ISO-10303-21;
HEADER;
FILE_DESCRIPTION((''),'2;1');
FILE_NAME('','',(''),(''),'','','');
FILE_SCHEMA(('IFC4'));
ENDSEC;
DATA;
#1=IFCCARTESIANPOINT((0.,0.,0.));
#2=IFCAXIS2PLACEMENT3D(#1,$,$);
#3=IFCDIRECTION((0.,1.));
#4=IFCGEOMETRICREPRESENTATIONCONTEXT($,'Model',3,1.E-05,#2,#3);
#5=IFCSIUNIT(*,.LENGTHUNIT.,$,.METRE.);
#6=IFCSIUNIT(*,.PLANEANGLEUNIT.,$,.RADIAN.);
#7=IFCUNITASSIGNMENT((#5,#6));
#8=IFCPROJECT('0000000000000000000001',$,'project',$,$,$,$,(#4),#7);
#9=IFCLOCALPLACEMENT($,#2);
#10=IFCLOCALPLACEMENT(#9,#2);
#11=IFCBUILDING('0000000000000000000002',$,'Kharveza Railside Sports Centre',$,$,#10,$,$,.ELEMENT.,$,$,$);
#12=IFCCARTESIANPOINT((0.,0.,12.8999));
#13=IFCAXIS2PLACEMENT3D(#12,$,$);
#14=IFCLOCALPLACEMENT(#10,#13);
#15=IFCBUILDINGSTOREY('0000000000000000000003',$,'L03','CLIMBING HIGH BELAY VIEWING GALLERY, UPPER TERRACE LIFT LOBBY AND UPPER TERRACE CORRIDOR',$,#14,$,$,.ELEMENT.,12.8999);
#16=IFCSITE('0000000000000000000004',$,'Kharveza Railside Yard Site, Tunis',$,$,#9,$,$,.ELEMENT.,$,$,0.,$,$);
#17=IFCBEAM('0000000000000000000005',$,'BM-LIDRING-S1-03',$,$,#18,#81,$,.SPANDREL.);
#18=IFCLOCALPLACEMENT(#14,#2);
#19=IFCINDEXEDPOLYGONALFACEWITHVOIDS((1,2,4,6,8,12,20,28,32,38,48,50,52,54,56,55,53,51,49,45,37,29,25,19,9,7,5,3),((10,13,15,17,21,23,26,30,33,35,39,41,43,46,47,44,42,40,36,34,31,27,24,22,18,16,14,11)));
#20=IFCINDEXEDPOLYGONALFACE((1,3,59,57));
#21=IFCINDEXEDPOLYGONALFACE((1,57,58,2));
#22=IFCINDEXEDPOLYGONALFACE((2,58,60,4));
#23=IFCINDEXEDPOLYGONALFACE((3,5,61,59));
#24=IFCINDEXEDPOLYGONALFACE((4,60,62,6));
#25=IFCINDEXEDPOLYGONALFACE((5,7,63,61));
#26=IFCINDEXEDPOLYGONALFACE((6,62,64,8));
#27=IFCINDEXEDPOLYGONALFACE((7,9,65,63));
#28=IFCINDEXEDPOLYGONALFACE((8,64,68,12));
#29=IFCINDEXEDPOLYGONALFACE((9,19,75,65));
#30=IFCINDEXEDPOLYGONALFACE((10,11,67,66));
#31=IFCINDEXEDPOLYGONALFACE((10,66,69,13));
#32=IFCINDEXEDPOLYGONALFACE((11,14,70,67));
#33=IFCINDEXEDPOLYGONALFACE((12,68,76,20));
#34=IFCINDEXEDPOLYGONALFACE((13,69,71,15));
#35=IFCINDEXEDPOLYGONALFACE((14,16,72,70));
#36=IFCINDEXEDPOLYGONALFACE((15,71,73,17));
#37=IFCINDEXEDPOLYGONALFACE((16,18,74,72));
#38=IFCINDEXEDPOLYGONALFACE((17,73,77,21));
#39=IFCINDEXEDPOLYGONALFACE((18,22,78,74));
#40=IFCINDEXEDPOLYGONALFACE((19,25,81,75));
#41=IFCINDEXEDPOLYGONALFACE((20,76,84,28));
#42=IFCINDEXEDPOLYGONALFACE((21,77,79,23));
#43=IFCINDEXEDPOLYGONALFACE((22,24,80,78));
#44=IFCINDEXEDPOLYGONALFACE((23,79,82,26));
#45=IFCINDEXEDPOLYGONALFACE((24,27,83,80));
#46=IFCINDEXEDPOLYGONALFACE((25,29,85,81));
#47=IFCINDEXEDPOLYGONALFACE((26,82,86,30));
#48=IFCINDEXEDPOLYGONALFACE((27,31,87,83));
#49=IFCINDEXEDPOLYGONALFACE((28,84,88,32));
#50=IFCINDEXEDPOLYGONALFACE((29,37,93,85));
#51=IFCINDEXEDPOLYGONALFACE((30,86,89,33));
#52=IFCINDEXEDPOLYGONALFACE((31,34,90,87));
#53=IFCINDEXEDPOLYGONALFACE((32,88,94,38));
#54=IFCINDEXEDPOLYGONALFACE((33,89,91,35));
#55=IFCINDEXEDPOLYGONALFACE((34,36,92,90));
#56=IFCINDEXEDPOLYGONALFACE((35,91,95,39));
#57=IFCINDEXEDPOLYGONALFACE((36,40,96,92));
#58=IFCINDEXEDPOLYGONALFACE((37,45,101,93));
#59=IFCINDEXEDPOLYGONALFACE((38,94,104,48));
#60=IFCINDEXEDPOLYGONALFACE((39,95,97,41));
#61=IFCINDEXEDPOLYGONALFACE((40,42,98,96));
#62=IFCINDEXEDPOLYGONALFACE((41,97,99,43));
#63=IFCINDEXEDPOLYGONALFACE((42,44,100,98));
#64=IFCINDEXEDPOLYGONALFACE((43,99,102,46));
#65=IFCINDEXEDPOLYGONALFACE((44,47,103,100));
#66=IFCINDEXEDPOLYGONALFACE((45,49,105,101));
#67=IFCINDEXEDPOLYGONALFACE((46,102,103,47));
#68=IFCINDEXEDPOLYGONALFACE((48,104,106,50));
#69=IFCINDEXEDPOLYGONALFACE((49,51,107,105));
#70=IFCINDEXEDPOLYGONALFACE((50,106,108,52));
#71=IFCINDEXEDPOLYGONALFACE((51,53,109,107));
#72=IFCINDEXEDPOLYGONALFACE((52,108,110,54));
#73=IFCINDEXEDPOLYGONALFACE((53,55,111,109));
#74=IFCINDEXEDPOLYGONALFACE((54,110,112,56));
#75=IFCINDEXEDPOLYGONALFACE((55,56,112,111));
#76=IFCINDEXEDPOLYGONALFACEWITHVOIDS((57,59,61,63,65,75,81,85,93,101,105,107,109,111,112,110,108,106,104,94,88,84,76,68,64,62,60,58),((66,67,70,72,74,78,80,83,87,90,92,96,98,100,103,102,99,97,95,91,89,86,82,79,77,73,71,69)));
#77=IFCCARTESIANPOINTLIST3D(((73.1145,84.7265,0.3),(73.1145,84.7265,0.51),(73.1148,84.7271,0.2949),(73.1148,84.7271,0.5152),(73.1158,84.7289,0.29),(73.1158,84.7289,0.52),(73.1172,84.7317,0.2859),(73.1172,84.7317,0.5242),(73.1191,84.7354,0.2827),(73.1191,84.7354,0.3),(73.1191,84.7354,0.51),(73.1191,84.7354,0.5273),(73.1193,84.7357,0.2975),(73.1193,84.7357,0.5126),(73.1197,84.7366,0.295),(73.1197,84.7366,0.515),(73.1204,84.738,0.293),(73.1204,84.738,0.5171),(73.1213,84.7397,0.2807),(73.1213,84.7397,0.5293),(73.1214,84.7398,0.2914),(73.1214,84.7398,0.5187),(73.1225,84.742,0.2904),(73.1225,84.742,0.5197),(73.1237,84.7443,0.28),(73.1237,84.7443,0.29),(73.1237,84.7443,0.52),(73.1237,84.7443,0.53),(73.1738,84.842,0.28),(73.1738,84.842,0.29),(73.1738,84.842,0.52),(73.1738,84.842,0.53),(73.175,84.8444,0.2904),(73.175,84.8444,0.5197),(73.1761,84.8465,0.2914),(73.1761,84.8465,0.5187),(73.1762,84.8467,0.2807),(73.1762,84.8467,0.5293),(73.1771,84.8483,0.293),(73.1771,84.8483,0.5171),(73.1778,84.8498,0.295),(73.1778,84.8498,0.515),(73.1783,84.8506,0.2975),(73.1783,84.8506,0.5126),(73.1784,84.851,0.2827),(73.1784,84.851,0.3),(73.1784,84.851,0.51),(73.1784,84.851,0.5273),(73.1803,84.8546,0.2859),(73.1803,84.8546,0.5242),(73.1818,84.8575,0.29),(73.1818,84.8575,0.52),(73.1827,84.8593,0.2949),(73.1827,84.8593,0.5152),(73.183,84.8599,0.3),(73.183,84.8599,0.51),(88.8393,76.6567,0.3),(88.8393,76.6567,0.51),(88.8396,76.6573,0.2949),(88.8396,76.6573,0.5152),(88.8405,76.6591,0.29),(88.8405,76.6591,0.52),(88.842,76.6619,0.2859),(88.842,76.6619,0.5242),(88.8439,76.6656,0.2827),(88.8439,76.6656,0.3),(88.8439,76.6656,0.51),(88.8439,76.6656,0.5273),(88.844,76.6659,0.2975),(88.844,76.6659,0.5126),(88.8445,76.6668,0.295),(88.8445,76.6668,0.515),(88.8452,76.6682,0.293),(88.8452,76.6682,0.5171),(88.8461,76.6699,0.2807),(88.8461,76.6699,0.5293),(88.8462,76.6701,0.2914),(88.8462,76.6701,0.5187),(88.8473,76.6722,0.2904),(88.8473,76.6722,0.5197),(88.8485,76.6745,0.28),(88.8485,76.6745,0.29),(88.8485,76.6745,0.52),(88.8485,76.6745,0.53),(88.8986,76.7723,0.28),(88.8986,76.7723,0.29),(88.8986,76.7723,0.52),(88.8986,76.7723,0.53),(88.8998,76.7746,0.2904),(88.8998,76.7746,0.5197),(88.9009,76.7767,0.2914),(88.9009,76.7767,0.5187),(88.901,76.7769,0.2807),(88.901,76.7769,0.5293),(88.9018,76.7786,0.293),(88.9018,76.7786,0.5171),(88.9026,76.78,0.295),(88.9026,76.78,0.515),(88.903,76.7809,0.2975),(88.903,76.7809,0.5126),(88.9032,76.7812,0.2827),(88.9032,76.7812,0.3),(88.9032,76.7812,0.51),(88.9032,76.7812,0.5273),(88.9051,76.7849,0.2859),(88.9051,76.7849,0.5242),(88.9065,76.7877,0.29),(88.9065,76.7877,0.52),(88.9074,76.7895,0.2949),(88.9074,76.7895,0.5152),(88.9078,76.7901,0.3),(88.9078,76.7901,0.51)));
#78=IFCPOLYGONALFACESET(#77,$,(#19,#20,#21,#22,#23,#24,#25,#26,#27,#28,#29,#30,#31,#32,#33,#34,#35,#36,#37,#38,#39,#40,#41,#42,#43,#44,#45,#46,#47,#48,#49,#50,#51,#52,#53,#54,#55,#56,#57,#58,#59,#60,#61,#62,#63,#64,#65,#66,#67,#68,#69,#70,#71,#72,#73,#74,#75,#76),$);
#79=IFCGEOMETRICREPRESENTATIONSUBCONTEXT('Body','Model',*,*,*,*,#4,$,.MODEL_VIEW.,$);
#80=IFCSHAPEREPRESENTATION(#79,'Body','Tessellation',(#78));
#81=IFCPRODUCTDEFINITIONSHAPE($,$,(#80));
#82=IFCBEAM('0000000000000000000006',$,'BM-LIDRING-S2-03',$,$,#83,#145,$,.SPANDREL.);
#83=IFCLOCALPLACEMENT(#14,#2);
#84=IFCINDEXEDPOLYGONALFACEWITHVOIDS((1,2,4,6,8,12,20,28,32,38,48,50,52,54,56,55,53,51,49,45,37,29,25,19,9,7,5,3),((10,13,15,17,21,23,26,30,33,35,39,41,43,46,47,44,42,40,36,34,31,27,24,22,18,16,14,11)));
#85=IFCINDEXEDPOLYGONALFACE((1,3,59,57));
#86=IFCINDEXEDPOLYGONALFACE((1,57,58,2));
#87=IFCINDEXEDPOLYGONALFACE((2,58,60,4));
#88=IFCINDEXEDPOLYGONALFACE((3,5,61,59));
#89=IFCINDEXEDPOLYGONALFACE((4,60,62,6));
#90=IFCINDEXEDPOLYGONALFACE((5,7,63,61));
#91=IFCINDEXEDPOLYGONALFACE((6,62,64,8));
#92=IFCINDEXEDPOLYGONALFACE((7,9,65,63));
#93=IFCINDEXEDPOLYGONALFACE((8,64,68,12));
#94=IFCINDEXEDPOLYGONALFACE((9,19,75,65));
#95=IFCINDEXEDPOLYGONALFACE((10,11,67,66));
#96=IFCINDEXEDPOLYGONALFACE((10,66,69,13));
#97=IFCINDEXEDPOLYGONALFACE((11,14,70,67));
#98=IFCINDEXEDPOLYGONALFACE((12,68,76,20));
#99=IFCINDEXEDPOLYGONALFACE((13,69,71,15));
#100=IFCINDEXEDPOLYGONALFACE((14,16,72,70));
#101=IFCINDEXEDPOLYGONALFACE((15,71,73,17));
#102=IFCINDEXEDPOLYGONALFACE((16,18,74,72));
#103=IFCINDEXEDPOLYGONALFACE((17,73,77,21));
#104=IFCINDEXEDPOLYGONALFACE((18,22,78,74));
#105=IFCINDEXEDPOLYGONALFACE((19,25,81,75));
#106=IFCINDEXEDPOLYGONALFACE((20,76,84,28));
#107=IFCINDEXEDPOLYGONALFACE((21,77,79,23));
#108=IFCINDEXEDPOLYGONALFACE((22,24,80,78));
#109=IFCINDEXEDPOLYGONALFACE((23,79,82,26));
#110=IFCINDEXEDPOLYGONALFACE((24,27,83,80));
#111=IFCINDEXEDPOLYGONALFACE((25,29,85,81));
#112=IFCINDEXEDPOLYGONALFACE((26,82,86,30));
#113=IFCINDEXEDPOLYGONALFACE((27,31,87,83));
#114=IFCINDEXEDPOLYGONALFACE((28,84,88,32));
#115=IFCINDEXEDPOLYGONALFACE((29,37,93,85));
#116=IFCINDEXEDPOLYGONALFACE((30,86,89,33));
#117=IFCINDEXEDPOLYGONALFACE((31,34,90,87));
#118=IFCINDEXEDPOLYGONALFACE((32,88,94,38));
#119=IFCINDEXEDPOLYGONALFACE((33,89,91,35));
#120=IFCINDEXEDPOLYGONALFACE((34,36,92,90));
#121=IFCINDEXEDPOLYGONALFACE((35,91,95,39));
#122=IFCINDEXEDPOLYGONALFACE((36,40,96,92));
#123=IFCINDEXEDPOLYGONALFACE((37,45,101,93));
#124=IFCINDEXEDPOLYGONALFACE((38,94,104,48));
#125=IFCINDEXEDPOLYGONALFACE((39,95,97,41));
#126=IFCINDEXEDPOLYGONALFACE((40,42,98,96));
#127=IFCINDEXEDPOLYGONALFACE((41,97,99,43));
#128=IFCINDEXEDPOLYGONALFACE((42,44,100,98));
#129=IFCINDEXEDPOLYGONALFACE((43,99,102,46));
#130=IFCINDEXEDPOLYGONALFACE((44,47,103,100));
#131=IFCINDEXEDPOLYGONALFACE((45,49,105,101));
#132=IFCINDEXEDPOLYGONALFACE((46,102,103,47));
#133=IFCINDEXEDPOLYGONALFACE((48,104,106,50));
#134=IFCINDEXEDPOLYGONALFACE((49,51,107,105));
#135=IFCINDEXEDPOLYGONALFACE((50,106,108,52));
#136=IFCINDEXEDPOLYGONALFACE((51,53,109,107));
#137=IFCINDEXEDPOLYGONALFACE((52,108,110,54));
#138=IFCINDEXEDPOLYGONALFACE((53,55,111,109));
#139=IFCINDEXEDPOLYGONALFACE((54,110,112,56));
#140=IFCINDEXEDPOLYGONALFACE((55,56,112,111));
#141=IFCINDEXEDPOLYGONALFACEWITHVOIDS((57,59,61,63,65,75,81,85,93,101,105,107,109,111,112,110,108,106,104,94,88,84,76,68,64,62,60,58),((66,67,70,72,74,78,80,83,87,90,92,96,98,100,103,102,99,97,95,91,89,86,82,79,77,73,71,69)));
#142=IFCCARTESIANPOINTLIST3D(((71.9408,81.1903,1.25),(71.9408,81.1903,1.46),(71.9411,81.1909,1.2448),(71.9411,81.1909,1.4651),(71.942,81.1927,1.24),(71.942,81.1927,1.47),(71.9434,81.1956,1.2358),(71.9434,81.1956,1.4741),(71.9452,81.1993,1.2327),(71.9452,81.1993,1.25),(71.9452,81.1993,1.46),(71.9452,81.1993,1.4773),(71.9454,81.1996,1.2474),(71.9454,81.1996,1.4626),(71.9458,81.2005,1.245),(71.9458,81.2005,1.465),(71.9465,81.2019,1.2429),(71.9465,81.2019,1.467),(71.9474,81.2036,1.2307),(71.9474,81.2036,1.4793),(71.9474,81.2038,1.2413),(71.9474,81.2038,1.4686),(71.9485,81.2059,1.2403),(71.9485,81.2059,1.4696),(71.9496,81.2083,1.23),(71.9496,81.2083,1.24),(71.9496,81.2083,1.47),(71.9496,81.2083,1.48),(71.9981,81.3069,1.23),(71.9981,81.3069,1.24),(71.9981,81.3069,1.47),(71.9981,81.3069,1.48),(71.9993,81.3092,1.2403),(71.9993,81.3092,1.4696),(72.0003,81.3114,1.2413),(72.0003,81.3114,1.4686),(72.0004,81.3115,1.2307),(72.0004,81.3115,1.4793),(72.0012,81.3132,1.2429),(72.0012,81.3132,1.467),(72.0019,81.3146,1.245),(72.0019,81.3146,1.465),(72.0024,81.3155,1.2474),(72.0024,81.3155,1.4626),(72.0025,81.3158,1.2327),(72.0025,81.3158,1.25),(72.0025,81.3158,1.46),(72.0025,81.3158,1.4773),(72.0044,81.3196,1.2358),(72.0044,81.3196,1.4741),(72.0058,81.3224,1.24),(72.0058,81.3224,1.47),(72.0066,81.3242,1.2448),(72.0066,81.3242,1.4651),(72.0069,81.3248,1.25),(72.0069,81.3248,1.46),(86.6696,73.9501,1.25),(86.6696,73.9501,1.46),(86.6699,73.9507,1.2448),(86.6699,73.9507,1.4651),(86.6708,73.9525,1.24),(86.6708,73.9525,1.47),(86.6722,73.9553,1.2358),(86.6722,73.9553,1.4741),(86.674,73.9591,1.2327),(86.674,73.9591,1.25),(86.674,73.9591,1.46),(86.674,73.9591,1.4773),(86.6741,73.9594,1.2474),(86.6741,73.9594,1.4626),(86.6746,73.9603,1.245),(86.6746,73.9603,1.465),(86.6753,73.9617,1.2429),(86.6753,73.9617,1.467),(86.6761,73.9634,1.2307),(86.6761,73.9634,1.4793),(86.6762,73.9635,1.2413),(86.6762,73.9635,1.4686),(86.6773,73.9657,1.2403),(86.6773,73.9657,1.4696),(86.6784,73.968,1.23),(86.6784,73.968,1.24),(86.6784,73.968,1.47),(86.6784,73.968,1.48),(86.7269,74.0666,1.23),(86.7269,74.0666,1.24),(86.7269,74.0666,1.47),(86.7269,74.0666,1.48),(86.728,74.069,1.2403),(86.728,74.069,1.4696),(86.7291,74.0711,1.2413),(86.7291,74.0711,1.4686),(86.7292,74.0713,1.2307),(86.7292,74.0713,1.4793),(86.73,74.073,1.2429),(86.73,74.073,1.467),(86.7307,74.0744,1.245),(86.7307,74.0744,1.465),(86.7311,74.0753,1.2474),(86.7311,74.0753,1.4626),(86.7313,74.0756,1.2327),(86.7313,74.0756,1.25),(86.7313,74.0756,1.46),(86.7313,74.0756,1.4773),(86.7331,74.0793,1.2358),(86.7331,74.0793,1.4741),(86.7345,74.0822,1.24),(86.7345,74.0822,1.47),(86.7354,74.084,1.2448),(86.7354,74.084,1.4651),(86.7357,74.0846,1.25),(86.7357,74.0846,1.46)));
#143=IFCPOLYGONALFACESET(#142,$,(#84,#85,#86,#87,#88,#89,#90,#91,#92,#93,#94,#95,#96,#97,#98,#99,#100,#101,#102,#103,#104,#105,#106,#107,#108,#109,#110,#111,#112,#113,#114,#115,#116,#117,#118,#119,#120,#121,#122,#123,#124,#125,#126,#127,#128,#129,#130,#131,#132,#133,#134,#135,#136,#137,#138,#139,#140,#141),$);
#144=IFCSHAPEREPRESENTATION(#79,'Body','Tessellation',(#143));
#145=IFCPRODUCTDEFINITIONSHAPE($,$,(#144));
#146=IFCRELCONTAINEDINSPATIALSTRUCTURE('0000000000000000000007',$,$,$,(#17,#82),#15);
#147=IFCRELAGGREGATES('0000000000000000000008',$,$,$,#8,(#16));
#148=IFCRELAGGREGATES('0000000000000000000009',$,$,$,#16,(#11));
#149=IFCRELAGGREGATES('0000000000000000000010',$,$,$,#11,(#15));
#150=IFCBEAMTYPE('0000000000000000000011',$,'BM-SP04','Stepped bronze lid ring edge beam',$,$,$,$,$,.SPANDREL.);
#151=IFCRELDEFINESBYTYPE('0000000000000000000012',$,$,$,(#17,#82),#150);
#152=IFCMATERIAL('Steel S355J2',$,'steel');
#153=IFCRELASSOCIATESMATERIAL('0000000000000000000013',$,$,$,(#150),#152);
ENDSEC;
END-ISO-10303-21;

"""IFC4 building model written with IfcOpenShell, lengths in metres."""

from ifc_helpers import new_model, si_unit, direction, frame, origin, origin_2d, place, context, subcontext, project, spatial, hollow_rectangle, extrude, material, material_profile, profile_set, type_object, element, save


model = new_model("IFC4")

# Units and contexts
model_context = context("Model", 3, precision=1e-05, world=origin(), true_north=direction((0.0, 1.0)))
body_context = subcontext(model_context, "Body", "Model", "MODEL_VIEW")
ifc_project = project(units=[si_unit("LENGTHUNIT", "METRE"), si_unit("PLANEANGLEUNIT", "RADIAN")], contexts=[model_context])

# Site, building, storey
site_placement = place(None, origin())
site = spatial("IfcSite", under=ifc_project, at=site_placement, Name="Kharveza Railside Yard Site, Tunis", CompositionType="ELEMENT", RefElevation=0.0)
building_placement = place(site_placement, origin())
building = spatial("IfcBuilding", under=site, at=building_placement, Name="Kharveza Railside Sports Centre", CompositionType="ELEMENT")
storey_placement = place(building_placement, frame((0.0, 0.0, 12.8999)))
storey = spatial("IfcBuildingStorey", under=building, at=storey_placement, Name="L03", Description="CLIMBING HIGH BELAY VIEWING GALLERY, UPPER TERRACE LIFT LOBBY AND UPPER TERRACE CORRIDOR", CompositionType="ELEMENT", Elevation=12.8999)

# Beams
ifc_material_1 = material(Name="Steel S355J2", Category="steel")
ifc_material_profile_1 = material_profile(ifc_material_1, hollow_rectangle(XDim=0.1499, YDim=0.25, WallThickness=0.01, InnerFilletRadius=0.01, OuterFilletRadius=0.02, at=origin_2d()), Name="RHS 150x250x10.0")
ifc_profile_set_1 = profile_set([ifc_material_profile_1], Name="Steel S355J2")
beam_type = type_object("IfcBeamType", Name="BM-SP04", Description="Stepped bronze lid ring edge beam", PredefinedType="SPANDREL", material=ifc_profile_set_1)
beam_1_placement = place(storey_placement, frame((88.8735, 76.7234, 0.405), z_axis=(-0.889684, 0.456576, 0.0), x_axis=(-0.456576, -0.889684, 0.0)))
element("IfcBeam", 1, at=beam_1_placement, inside=storey, type_object=beam_type, Name="BM-LIDRING-S1-03", PredefinedType="SPANDREL", context=body_context, shape_type="SweptSolid", body=[
    extrude(hollow_rectangle(XDim=0.1499, YDim=0.25, WallThickness=0.01, InnerFilletRadius=0.01, OuterFilletRadius=0.02, at=origin_2d()), origin(), (0.0, 0.0, 1.0), 17.6746),
])
beam_2_placement = place(storey_placement, frame((86.7026, 74.0173, 1.355), z_axis=(-0.897432, 0.441152, 0.0), x_axis=(-0.441152, -0.897432, 0.0)))
element("IfcBeam", 2, at=beam_2_placement, inside=storey, type_object=beam_type, Name="BM-LIDRING-S2-03", PredefinedType="SPANDREL", context=body_context, shape_type="SweptSolid", body=[
    extrude(hollow_rectangle(XDim=0.1499, YDim=0.25, WallThickness=0.01, InnerFilletRadius=0.01, OuterFilletRadius=0.02, at=origin_2d()), origin(), (0.0, 0.0, 1.0), 16.4121),
])

save(model, "model.ifc")
